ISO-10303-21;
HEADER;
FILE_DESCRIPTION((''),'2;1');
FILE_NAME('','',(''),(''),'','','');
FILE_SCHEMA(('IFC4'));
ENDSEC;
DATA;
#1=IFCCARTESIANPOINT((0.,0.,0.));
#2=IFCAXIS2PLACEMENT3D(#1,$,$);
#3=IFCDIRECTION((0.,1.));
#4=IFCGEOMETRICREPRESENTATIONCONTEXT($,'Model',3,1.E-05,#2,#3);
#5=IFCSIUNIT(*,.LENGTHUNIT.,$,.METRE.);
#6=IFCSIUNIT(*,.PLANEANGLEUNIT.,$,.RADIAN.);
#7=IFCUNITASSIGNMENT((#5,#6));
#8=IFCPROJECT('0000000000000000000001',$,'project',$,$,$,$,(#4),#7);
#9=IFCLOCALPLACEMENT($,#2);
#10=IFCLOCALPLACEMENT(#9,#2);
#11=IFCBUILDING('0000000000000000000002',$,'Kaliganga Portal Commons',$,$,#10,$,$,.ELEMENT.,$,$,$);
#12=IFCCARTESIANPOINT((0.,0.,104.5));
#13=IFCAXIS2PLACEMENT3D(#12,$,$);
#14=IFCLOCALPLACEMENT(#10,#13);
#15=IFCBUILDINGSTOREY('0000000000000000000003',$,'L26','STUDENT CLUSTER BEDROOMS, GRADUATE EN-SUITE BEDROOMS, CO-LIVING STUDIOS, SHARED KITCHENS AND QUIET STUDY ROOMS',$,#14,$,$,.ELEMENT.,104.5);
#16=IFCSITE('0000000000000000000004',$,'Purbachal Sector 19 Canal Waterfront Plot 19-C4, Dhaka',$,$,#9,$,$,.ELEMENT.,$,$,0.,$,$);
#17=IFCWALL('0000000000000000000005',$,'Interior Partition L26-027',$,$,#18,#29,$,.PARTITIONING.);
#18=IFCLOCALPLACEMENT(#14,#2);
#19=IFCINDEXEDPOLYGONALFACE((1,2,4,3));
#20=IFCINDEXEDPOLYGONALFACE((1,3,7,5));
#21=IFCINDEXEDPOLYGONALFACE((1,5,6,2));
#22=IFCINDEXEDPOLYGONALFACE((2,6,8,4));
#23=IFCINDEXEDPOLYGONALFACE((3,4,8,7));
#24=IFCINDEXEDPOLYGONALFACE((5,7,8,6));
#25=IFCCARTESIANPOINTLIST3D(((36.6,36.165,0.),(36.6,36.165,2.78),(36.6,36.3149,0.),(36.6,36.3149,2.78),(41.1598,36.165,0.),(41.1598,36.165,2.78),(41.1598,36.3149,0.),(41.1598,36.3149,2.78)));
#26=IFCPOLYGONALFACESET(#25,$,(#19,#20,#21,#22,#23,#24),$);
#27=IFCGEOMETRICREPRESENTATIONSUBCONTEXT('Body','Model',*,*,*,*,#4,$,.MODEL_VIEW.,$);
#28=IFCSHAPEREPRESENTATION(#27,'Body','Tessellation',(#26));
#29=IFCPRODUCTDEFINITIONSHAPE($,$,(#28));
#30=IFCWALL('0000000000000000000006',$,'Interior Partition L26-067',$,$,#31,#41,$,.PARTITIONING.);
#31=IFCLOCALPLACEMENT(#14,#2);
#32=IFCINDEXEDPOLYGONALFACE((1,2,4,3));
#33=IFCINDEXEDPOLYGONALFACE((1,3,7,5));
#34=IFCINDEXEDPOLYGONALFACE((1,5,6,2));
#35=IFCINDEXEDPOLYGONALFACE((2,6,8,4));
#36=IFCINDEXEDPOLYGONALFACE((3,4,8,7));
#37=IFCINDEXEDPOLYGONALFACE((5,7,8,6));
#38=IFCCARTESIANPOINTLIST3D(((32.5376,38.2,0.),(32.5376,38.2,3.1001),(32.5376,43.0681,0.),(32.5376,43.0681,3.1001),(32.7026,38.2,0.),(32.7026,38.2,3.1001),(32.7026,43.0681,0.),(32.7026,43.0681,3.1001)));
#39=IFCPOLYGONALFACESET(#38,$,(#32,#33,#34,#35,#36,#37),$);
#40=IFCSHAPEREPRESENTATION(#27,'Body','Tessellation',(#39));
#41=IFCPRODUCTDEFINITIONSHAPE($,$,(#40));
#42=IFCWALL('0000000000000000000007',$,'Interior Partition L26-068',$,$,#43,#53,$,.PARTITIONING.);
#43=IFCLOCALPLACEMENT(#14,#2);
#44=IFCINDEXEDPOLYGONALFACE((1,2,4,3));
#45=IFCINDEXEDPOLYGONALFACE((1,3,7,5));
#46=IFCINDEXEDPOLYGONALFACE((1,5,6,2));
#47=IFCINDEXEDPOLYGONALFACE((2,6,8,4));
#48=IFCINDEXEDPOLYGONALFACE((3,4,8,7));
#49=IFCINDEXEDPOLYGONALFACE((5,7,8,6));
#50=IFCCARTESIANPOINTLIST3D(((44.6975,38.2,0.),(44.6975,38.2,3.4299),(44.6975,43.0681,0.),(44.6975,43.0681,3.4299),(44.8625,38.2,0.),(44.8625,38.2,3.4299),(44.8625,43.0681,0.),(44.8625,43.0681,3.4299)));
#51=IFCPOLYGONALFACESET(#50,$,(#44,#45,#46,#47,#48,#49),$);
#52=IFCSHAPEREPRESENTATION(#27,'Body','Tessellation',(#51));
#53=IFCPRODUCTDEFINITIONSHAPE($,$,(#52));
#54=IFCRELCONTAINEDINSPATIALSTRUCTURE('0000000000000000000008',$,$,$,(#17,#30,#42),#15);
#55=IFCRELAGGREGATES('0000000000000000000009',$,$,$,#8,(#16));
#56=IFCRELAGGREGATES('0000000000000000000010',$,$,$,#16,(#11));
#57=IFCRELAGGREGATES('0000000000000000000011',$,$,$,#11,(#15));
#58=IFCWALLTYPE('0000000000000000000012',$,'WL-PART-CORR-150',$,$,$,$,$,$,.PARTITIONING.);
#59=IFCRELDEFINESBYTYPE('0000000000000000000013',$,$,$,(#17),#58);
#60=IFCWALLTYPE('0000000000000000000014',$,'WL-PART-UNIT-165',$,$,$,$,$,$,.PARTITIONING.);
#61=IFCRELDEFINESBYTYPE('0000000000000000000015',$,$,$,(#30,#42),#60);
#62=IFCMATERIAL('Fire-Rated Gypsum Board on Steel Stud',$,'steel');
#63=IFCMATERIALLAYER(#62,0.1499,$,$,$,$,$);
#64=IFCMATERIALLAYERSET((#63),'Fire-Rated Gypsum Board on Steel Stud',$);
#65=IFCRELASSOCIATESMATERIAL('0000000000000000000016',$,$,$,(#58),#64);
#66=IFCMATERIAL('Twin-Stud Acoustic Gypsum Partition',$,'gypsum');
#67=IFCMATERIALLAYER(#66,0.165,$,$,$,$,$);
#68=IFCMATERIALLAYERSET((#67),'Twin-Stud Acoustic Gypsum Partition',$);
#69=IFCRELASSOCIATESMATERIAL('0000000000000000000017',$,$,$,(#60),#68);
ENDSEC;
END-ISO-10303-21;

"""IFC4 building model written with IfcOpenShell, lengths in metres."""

from ifc_helpers import new_model, si_unit, direction, frame, frame_2d, origin, place, context, subcontext, project, spatial, rectangle, extrude, material, layer, layer_set, type_object, element, save


model = new_model("IFC4")

# Units and contexts
model_context = context("Model", 3, precision=1e-05, world=origin(), true_north=direction((0.0, 1.0)))
body_context = subcontext(model_context, "Body", "Model", "MODEL_VIEW")
ifc_project = project(units=[si_unit("LENGTHUNIT", "METRE"), si_unit("PLANEANGLEUNIT", "RADIAN")], contexts=[model_context])

# Site, building, storey
site_placement = place(None, origin())
site = spatial("IfcSite", under=ifc_project, at=site_placement, Name="Purbachal Sector 19 Canal Waterfront Plot 19-C4, Dhaka", CompositionType="ELEMENT", RefElevation=0.0)
building_placement = place(site_placement, origin())
building = spatial("IfcBuilding", under=site, at=building_placement, Name="Kaliganga Portal Commons", CompositionType="ELEMENT")
storey_placement = place(building_placement, frame((0.0, 0.0, 104.5)))
storey = spatial("IfcBuildingStorey", under=building, at=storey_placement, Name="L26", Description="STUDENT CLUSTER BEDROOMS, GRADUATE EN-SUITE BEDROOMS, CO-LIVING STUDIOS, SHARED KITCHENS AND QUIET STUDY ROOMS", CompositionType="ELEMENT", Elevation=104.5)

# Shared definitions
ifc_material_1 = material(Name="Fire-Rated Gypsum Board on Steel Stud", Category="steel")
ifc_layer_1 = layer(ifc_material_1, 0.1499)
ifc_layer_set_1 = layer_set([ifc_layer_1], Name="Fire-Rated Gypsum Board on Steel Stud")
wall_type_1 = type_object("IfcWallType", Name="WL-PART-CORR-150", PredefinedType="PARTITIONING", material=ifc_layer_set_1)

# Wall
wall_1_placement = place(storey_placement, frame((36.6001, 36.24, 0.0), z_axis=(0.0, 0.0, 1.0), x_axis=(1.0, 0.0, 0.0)))
element("IfcWall", 1, at=wall_1_placement, inside=storey, type_object=wall_type_1, Name="Interior Partition L26-027", PredefinedType="PARTITIONING", context=body_context, shape_type="SweptSolid", body=[
    extrude(rectangle(XDim=4.5598, YDim=0.1499, at=frame_2d((2.2798, 0.0))), origin(), (0.0, 0.0, 1.0), 2.78),
])

# Walls
ifc_material_2 = material(Name="Twin-Stud Acoustic Gypsum Partition", Category="gypsum")
ifc_layer_2 = layer(ifc_material_2, 0.165)
ifc_layer_set_2 = layer_set([ifc_layer_2], Name="Twin-Stud Acoustic Gypsum Partition")
wall_type_2 = type_object("IfcWallType", Name="WL-PART-UNIT-165", PredefinedType="PARTITIONING", material=ifc_layer_set_2)
wall_2_placement = place(storey_placement, frame((32.6201, 38.2, 0.0), z_axis=(0.0, 0.0, 1.0), x_axis=(0.0, 1.0, 0.0)))
element("IfcWall", 2, at=wall_2_placement, inside=storey, type_object=wall_type_2, Name="Interior Partition L26-067", PredefinedType="PARTITIONING", context=body_context, shape_type="SweptSolid", body=[
    extrude(rectangle(XDim=4.8682, YDim=0.165, at=frame_2d((2.4341, 0.0))), origin(), (0.0, 0.0, 1.0), 3.1001),
])
wall_3_placement = place(storey_placement, frame((44.78, 38.2, 0.0), z_axis=(0.0, 0.0, 1.0), x_axis=(0.0, 1.0, 0.0)))
element("IfcWall", 3, at=wall_3_placement, inside=storey, type_object=wall_type_2, Name="Interior Partition L26-068", PredefinedType="PARTITIONING", context=body_context, shape_type="SweptSolid", body=[
    extrude(rectangle(XDim=4.8682, YDim=0.165, at=frame_2d((2.4341, 0.0))), origin(), (0.0, 0.0, 1.0), 3.4299),
])

save(model, "model.ifc")
